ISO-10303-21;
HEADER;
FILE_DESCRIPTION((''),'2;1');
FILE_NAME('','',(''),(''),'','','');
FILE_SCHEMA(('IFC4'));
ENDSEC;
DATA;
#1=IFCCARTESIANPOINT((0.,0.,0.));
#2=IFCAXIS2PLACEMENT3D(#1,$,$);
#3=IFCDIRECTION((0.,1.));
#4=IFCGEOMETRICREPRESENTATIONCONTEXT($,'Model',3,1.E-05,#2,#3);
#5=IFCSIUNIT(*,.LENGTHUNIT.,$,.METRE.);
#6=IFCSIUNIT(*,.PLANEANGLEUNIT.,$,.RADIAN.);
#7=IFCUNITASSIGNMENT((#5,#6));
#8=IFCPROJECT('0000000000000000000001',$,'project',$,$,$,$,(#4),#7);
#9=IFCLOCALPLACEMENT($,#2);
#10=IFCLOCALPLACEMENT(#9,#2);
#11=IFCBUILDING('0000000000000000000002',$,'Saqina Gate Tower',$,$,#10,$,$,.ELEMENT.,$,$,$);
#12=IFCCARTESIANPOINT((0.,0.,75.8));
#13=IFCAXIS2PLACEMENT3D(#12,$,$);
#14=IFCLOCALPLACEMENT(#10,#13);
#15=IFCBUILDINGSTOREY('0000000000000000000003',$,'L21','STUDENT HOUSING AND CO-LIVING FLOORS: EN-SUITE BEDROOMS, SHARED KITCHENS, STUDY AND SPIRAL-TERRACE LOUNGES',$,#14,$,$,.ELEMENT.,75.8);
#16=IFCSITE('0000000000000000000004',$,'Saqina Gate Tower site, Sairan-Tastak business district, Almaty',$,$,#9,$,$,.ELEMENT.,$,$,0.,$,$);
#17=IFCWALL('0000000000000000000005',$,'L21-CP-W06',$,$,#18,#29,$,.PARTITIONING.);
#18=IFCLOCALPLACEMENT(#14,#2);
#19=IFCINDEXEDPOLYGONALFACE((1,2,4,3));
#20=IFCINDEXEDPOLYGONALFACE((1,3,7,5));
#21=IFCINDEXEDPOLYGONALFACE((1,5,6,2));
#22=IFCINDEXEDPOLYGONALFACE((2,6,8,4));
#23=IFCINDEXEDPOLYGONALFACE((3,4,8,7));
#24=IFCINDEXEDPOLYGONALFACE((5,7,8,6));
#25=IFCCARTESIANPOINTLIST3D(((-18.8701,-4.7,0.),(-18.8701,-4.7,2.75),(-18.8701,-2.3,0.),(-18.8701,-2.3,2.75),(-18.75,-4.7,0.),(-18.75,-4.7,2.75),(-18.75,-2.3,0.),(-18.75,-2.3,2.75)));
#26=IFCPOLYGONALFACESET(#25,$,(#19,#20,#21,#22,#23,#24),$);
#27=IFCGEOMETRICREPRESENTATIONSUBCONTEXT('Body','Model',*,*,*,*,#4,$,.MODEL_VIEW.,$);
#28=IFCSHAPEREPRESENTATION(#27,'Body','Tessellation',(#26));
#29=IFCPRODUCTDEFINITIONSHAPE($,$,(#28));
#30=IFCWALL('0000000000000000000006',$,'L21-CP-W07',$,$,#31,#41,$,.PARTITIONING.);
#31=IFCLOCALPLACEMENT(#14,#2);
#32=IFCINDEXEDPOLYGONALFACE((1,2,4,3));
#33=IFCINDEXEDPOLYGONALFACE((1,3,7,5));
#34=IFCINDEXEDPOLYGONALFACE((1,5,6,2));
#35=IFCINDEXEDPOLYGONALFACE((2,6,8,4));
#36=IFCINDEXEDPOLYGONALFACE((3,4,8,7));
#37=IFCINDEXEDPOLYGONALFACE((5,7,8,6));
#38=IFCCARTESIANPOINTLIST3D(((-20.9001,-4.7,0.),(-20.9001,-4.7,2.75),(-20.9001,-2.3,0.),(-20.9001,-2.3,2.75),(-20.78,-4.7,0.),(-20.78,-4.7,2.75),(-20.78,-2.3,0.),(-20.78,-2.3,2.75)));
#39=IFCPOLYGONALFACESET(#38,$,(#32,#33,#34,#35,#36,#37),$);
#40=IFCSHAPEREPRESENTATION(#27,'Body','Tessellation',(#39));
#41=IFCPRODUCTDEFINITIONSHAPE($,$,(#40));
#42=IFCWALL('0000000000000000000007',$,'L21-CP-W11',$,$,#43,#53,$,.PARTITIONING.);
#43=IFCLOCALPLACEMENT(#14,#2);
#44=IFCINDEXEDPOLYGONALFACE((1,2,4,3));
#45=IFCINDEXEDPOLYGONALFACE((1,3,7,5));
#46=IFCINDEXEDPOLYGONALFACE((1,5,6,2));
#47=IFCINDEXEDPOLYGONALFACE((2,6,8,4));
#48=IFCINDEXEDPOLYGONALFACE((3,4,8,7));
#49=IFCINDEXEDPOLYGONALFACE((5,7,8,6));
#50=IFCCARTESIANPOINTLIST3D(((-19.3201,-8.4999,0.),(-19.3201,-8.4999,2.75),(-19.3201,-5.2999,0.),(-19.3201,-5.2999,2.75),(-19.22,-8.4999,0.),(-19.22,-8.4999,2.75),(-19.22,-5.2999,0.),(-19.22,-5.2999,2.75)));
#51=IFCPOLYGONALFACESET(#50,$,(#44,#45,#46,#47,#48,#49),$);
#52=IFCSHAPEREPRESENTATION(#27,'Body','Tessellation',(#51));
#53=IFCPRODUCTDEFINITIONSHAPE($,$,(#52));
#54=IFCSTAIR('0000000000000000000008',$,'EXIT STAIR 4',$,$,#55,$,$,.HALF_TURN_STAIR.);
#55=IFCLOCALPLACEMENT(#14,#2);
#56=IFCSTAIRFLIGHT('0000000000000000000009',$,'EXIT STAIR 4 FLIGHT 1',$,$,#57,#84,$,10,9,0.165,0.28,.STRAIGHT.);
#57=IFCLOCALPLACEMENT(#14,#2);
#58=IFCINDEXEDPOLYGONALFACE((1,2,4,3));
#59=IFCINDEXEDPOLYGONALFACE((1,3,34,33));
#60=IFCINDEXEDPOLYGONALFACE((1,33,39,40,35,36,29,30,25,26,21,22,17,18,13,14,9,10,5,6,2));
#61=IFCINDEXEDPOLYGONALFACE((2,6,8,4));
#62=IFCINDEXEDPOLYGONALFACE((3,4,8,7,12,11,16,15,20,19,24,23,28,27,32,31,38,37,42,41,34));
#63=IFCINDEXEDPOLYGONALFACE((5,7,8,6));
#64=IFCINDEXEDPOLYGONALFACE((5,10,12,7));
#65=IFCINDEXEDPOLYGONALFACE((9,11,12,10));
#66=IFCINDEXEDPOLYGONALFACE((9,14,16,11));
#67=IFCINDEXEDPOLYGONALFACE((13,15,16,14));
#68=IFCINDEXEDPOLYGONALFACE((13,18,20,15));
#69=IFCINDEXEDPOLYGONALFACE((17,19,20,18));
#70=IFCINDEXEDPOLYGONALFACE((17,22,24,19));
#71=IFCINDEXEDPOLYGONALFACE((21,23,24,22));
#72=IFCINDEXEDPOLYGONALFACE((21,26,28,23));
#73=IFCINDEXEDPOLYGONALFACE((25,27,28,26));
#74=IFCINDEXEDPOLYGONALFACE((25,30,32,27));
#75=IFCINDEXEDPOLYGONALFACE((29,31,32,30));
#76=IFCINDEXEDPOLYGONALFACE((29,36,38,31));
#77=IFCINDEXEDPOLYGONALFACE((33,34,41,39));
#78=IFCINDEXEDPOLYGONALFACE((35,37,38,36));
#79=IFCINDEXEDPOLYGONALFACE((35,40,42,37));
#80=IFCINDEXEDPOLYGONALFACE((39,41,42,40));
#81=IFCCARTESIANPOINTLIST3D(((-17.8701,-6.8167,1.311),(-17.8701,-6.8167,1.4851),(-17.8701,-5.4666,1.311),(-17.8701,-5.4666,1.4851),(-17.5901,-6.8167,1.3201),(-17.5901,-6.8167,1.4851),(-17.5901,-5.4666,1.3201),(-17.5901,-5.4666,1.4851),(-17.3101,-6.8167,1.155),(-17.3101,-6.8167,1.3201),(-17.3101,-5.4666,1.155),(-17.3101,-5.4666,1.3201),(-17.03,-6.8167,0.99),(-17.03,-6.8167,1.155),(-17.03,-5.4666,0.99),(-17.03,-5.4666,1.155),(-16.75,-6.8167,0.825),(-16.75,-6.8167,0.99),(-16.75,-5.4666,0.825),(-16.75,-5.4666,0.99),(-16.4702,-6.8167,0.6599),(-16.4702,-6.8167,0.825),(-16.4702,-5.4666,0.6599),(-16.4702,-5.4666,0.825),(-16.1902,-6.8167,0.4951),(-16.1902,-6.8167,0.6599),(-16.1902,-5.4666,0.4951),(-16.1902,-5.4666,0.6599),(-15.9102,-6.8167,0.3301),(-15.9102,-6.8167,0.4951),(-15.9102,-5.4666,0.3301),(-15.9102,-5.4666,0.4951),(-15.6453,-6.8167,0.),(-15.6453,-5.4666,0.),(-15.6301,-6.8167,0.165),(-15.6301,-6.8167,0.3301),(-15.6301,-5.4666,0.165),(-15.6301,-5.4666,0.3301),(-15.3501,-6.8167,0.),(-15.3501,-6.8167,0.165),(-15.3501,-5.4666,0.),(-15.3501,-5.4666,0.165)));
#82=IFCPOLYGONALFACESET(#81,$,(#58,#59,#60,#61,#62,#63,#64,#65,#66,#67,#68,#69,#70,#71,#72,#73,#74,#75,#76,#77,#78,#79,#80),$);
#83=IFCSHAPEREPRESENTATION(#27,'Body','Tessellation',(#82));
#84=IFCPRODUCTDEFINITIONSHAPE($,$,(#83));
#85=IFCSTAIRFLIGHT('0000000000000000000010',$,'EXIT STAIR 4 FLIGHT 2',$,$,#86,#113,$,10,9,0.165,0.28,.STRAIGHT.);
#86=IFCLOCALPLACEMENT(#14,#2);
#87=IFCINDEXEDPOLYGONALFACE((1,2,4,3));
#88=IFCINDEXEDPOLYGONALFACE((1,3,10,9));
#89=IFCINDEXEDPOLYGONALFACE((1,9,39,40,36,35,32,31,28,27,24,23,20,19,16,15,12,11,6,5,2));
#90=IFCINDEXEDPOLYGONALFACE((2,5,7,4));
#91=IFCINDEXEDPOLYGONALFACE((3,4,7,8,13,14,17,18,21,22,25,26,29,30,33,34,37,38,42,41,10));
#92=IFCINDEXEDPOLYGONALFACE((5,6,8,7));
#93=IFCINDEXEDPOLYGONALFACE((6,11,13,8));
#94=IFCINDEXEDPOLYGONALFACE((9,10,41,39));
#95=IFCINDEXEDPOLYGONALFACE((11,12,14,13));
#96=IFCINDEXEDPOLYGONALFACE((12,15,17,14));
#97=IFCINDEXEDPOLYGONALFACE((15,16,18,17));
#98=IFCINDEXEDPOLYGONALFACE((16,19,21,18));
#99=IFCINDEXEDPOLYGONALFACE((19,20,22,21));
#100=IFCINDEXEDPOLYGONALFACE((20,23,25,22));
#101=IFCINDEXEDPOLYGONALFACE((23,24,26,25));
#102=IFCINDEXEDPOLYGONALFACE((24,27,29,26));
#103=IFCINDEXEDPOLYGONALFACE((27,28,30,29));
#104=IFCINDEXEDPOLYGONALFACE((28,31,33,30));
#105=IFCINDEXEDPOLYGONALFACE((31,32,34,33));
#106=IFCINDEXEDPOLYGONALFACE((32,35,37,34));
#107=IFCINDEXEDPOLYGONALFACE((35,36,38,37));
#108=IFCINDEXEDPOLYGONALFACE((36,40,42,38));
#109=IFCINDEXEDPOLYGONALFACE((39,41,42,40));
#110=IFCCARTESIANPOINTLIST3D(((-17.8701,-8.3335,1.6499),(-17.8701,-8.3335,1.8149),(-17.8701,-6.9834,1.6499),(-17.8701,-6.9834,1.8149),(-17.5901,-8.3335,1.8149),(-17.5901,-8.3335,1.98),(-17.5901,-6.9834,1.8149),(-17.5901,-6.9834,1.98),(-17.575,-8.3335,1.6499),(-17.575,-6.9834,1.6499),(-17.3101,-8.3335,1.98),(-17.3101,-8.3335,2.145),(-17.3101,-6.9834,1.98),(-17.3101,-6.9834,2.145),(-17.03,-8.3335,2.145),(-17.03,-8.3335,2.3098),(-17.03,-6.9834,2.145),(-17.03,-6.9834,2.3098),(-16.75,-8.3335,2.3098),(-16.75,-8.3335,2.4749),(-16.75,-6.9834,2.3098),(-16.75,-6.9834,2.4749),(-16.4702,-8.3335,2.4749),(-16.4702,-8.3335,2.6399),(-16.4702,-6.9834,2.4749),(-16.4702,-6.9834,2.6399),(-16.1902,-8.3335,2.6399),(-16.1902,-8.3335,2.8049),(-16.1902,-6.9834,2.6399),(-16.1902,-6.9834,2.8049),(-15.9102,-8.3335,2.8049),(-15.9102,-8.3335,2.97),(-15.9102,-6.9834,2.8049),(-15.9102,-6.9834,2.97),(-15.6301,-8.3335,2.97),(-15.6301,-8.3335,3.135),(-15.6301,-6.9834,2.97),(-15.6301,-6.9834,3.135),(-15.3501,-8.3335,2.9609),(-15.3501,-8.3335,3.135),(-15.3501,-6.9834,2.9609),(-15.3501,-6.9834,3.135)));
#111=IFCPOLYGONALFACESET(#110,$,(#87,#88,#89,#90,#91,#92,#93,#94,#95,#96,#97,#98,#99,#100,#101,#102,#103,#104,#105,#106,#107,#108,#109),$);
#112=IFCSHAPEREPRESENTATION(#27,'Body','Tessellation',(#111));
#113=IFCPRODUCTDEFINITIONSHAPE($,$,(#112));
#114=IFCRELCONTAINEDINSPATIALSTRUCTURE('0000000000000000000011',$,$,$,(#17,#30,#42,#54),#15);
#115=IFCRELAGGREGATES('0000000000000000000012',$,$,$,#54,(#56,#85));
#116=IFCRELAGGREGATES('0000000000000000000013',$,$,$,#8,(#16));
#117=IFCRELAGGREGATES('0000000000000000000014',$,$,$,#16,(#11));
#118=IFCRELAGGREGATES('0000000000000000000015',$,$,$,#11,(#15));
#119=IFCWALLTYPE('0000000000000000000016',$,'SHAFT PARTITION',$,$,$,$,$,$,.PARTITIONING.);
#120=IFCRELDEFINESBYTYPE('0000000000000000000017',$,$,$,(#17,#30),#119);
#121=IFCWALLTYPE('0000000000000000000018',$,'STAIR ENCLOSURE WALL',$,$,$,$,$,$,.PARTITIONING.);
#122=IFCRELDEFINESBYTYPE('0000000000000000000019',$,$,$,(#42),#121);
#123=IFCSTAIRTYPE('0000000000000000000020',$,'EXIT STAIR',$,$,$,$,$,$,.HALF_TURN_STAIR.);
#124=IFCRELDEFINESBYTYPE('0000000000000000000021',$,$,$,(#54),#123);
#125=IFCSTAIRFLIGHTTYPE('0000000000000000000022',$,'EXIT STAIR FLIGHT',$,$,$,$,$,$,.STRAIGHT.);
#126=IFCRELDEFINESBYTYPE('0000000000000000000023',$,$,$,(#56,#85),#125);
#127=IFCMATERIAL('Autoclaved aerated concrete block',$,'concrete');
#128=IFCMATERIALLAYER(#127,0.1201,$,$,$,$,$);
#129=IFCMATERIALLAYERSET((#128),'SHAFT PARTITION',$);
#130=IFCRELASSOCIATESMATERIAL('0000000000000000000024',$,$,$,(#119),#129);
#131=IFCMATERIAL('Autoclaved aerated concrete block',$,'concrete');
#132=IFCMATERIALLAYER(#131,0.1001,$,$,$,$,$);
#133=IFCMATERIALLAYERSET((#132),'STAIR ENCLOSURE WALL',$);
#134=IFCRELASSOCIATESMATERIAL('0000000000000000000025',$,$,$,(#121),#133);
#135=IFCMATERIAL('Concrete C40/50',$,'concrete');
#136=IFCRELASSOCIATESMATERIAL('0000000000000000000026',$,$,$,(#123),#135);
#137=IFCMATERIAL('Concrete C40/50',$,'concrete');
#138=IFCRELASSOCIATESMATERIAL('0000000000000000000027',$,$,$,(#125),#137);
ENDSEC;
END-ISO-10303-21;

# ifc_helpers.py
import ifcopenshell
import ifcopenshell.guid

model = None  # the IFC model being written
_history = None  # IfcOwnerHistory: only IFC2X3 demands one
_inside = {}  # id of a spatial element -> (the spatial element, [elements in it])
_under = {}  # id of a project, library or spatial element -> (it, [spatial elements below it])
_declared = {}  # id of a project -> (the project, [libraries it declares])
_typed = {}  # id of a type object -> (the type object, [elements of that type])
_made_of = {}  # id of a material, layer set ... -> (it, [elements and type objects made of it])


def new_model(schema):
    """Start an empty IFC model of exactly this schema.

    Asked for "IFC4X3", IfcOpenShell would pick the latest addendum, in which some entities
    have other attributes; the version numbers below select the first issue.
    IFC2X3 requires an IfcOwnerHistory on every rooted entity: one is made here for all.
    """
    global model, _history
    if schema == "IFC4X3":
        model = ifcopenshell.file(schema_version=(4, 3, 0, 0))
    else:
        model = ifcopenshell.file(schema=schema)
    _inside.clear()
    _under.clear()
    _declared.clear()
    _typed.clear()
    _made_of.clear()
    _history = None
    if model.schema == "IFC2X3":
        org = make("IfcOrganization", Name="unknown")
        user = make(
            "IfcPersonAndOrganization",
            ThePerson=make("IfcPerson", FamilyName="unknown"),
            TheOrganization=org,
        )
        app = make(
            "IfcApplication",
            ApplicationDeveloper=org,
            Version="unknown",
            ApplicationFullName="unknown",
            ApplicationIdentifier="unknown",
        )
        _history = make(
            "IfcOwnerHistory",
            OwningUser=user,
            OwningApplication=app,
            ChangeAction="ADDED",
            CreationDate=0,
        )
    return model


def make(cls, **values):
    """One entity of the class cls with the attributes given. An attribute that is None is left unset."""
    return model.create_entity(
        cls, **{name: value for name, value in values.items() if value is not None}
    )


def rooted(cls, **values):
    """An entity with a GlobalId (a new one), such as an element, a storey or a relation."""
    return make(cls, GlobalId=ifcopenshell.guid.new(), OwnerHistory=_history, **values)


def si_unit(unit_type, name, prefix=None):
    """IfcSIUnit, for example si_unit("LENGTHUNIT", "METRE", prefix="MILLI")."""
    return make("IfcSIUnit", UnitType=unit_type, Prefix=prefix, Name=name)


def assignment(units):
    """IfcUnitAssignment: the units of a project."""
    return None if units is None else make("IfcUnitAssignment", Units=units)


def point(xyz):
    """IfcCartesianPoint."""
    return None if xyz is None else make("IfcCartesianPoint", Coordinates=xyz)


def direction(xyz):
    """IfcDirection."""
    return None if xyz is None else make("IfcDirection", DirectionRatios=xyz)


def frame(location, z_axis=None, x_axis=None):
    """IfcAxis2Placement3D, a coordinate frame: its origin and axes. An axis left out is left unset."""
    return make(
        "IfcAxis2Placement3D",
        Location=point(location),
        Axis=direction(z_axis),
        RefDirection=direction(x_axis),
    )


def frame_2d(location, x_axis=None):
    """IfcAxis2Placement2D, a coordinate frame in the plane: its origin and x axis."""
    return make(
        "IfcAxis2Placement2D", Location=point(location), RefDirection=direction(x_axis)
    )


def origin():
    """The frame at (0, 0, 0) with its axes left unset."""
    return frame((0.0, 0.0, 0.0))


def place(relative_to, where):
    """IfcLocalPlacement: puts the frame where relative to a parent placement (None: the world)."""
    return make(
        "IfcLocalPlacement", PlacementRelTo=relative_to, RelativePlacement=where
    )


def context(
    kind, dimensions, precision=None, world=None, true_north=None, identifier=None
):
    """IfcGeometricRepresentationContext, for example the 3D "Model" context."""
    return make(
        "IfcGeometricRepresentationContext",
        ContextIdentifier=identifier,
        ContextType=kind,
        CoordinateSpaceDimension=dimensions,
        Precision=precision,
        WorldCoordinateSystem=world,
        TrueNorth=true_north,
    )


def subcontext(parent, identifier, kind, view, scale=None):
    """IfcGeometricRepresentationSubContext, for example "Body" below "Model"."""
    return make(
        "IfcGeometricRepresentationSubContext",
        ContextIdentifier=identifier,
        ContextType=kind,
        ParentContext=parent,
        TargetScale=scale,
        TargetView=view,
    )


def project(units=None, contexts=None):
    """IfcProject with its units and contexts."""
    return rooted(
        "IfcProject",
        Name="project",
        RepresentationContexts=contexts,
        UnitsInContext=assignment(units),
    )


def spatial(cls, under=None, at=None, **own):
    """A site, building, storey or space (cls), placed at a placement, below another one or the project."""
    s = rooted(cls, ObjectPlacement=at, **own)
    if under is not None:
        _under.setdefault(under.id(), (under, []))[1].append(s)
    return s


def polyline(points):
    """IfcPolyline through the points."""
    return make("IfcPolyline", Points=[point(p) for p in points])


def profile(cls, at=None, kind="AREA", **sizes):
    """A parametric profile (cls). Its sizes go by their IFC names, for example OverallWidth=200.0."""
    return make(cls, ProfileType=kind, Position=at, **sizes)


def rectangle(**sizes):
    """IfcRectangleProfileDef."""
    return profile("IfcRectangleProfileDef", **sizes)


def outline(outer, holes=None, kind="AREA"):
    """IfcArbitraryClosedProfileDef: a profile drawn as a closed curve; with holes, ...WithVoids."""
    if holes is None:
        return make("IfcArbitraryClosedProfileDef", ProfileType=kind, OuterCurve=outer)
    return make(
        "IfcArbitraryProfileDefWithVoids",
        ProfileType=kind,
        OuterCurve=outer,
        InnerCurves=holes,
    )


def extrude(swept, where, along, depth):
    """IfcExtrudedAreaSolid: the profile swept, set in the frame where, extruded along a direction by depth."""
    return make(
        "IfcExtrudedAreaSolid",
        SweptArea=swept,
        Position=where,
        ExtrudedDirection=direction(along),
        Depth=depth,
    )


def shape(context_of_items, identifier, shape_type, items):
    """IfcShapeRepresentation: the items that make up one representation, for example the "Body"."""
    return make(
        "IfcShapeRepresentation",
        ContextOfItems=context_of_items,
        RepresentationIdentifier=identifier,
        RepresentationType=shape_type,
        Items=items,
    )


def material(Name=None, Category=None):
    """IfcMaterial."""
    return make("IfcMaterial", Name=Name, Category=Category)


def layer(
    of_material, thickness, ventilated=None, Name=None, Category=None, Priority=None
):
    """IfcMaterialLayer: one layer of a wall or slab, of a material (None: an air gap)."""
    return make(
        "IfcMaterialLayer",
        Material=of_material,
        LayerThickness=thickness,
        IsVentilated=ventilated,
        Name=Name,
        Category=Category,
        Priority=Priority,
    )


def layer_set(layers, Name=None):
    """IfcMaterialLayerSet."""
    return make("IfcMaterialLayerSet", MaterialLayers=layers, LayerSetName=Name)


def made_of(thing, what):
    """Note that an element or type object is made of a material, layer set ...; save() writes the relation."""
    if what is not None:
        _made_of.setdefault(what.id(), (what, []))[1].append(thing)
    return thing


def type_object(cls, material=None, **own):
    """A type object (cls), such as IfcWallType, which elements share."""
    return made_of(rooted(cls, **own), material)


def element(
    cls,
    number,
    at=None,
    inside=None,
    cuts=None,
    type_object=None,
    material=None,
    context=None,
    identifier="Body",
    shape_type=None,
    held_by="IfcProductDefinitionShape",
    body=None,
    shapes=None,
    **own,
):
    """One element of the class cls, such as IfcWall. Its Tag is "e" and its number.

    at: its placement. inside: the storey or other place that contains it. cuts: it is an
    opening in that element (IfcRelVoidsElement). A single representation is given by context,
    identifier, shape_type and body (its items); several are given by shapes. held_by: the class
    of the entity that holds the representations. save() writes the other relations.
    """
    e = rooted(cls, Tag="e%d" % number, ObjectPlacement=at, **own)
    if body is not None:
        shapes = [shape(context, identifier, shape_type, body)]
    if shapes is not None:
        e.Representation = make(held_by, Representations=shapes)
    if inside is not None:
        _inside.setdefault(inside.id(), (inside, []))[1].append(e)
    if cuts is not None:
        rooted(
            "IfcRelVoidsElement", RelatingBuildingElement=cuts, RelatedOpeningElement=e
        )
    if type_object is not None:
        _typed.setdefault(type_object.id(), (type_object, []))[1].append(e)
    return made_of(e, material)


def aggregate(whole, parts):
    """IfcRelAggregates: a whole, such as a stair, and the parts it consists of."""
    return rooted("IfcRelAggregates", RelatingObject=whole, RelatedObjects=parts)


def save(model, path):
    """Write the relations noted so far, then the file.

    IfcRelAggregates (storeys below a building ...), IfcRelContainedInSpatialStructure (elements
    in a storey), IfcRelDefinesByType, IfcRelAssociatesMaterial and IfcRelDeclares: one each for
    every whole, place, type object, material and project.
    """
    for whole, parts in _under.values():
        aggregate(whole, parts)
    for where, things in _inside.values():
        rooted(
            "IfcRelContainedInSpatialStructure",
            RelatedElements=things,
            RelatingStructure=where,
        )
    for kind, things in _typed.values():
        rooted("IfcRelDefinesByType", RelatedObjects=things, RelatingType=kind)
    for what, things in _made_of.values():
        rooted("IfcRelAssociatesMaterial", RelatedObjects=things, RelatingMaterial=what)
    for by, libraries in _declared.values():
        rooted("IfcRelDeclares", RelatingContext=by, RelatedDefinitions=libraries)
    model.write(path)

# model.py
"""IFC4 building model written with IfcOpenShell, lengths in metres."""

from ifc_helpers import new_model, si_unit, direction, frame, frame_2d, origin, place, context, subcontext, project, spatial, polyline, rectangle, outline, extrude, material, layer, layer_set, type_object, element, aggregate, save


model = new_model("IFC4")

# Units and contexts
model_context = context("Model", 3, precision=1e-05, world=origin(), true_north=direction((0.0, 1.0)))
body_context = subcontext(model_context, "Body", "Model", "MODEL_VIEW")
ifc_project = project(units=[si_unit("LENGTHUNIT", "METRE"), si_unit("PLANEANGLEUNIT", "RADIAN")], contexts=[model_context])

# Site, building, storey
site_placement = place(None, origin())
site = spatial("IfcSite", under=ifc_project, at=site_placement, Name="Saqina Gate Tower site, Sairan-Tastak business district, Almaty", CompositionType="ELEMENT", RefElevation=0.0)
building_placement = place(site_placement, origin())
building = spatial("IfcBuilding", under=site, at=building_placement, Name="Saqina Gate Tower", CompositionType="ELEMENT")
storey_placement = place(building_placement, frame((0.0, 0.0, 75.8)))
storey = spatial("IfcBuildingStorey", under=building, at=storey_placement, Name="L21", Description="STUDENT HOUSING AND CO-LIVING FLOORS: EN-SUITE BEDROOMS, SHARED KITCHENS, STUDY AND SPIRAL-TERRACE LOUNGES", CompositionType="ELEMENT", Elevation=75.8)

# Shared definitions
ifc_material_1 = material(Name="Autoclaved aerated concrete block", Category="concrete")
ifc_layer_1 = layer(ifc_material_1, 0.1201)
ifc_layer_set_1 = layer_set([ifc_layer_1], Name="SHAFT PARTITION")
wall_type_1 = type_object("IfcWallType", Name="SHAFT PARTITION", PredefinedType="PARTITIONING", material=ifc_layer_set_1)

# Walls
for number, where, z_axis, x_axis, name in (
    (1, (-18.8101, -4.7, 0.0), (0.0, 0.0, 1.0), (0.0, 1.0, 0.0), "L21-CP-W06"),
    (2, (-20.8401, -4.7, 0.0), (0.0, 0.0, 1.0), (0.0, 1.0, 0.0), "L21-CP-W07"),
):
    element("IfcWall", number, at=place(storey_placement, frame(where, z_axis=z_axis, x_axis=x_axis)), inside=storey, type_object=wall_type_1, Name=name, PredefinedType="PARTITIONING", context=body_context, shape_type="SweptSolid", body=[
        extrude(rectangle(XDim=2.3999, YDim=0.1201, at=frame_2d((1.2, 0.0))), origin(), (0.0, 0.0, 1.0), 2.75),
    ])
ifc_material_2 = material(Name="Autoclaved aerated concrete block", Category="concrete")
ifc_layer_2 = layer(ifc_material_2, 0.1001)
ifc_layer_set_2 = layer_set([ifc_layer_2], Name="STAIR ENCLOSURE WALL")
wall_type_2 = type_object("IfcWallType", Name="STAIR ENCLOSURE WALL", PredefinedType="PARTITIONING", material=ifc_layer_set_2)
wall_1_placement = place(storey_placement, frame((-19.27, -8.5, 0.0), z_axis=(0.0, 0.0, 1.0), x_axis=(0.0, 1.0, 0.0)))
element("IfcWall", 3, at=wall_1_placement, inside=storey, type_object=wall_type_2, Name="L21-CP-W11", PredefinedType="PARTITIONING", context=body_context, shape_type="SweptSolid", body=[
    extrude(rectangle(XDim=3.2, YDim=0.1001, at=frame_2d((1.6001, 0.0))), origin(), (0.0, 0.0, 1.0), 2.75),
])

# Stair, stair flights
ifc_material_3 = material(Name="Concrete C40/50", Category="concrete")
stair_type = type_object("IfcStairType", Name="EXIT STAIR", PredefinedType="HALF_TURN_STAIR", material=ifc_material_3)
stair_placement = place(storey_placement, origin())
stair = element("IfcStair", 4, at=stair_placement, inside=storey, type_object=stair_type, Name="EXIT STAIR 4", PredefinedType="HALF_TURN_STAIR")
ifc_material_4 = material(Name="Concrete C40/50", Category="concrete")
stair_flight_type = type_object("IfcStairFlightType", Name="EXIT STAIR FLIGHT", PredefinedType="STRAIGHT", material=ifc_material_4)
stair_flight_1_placement = place(storey_placement, frame((-15.3501, -6.1416, 0.0), z_axis=(0.0, 0.0, 1.0), x_axis=(-1.0, 0.0, 0.0)))
stair_flight_1 = element("IfcStairFlight", 5, at=stair_flight_1_placement, type_object=stair_flight_type, Name="EXIT STAIR 4 FLIGHT 1", NumberOfRisers=10, NumberOfTreads=9, PredefinedType="STRAIGHT", RiserHeight=0.165, TreadLength=0.28, context=body_context, shape_type="SweptSolid", body=[
    extrude(outline(polyline([(0.0, 0.0), (0.0, 0.165), (0.28, 0.165), (0.28, 0.3301), (0.5601, 0.3301), (0.5601, 0.4951), (0.8401, 0.4951), (0.8401, 0.6599), (1.1201, 0.6599), (1.1201, 0.825), (1.3999, 0.825), (1.3999, 0.99), (1.6799, 0.99), (1.6799, 1.155), (1.96, 1.155), (1.96, 1.3201), (2.24, 1.3201), (2.24, 1.4851), (2.52, 1.4851), (2.52, 1.6499), (2.52, 1.311), (0.2952, 0.0), (0.0, 0.0)])), frame((0.0, 0.675, 0.0), z_axis=(0.0, -1.0, 0.0), x_axis=(1.0, 0.0, 0.0)), (0.0, 0.0, 1.0), 1.3501),
])
stair_flight_2_placement = place(storey_placement, frame((-17.8701, -7.6584, 1.6499), z_axis=(0.0, 0.0, 1.0), x_axis=(1.0, 0.0, 0.0)))
stair_flight_2 = element("IfcStairFlight", 6, at=stair_flight_2_placement, type_object=stair_flight_type, Name="EXIT STAIR 4 FLIGHT 2", NumberOfRisers=10, NumberOfTreads=9, PredefinedType="STRAIGHT", RiserHeight=0.165, TreadLength=0.28, context=body_context, shape_type="SweptSolid", body=[
    extrude(outline(polyline([(0.0, 0.0), (0.0, 0.165), (0.28, 0.165), (0.28, 0.3301), (0.5601, 0.3301), (0.5601, 0.4951), (0.8401, 0.4951), (0.8401, 0.6599), (1.1201, 0.6599), (1.1201, 0.825), (1.3999, 0.825), (1.3999, 0.99), (1.6799, 0.99), (1.6799, 1.155), (1.96, 1.155), (1.96, 1.3201), (2.24, 1.3201), (2.24, 1.4851), (2.52, 1.4851), (2.52, 1.6499), (2.52, 1.311), (0.2952, 0.0), (0.0, 0.0)])), frame((0.0, 0.675, 0.0), z_axis=(0.0, -1.0, 0.0), x_axis=(1.0, 0.0, 0.0)), (0.0, 0.0, 1.0), 1.3501),
])
aggregate(stair, [stair_flight_1, stair_flight_2])

save(model, "model.ifc")
